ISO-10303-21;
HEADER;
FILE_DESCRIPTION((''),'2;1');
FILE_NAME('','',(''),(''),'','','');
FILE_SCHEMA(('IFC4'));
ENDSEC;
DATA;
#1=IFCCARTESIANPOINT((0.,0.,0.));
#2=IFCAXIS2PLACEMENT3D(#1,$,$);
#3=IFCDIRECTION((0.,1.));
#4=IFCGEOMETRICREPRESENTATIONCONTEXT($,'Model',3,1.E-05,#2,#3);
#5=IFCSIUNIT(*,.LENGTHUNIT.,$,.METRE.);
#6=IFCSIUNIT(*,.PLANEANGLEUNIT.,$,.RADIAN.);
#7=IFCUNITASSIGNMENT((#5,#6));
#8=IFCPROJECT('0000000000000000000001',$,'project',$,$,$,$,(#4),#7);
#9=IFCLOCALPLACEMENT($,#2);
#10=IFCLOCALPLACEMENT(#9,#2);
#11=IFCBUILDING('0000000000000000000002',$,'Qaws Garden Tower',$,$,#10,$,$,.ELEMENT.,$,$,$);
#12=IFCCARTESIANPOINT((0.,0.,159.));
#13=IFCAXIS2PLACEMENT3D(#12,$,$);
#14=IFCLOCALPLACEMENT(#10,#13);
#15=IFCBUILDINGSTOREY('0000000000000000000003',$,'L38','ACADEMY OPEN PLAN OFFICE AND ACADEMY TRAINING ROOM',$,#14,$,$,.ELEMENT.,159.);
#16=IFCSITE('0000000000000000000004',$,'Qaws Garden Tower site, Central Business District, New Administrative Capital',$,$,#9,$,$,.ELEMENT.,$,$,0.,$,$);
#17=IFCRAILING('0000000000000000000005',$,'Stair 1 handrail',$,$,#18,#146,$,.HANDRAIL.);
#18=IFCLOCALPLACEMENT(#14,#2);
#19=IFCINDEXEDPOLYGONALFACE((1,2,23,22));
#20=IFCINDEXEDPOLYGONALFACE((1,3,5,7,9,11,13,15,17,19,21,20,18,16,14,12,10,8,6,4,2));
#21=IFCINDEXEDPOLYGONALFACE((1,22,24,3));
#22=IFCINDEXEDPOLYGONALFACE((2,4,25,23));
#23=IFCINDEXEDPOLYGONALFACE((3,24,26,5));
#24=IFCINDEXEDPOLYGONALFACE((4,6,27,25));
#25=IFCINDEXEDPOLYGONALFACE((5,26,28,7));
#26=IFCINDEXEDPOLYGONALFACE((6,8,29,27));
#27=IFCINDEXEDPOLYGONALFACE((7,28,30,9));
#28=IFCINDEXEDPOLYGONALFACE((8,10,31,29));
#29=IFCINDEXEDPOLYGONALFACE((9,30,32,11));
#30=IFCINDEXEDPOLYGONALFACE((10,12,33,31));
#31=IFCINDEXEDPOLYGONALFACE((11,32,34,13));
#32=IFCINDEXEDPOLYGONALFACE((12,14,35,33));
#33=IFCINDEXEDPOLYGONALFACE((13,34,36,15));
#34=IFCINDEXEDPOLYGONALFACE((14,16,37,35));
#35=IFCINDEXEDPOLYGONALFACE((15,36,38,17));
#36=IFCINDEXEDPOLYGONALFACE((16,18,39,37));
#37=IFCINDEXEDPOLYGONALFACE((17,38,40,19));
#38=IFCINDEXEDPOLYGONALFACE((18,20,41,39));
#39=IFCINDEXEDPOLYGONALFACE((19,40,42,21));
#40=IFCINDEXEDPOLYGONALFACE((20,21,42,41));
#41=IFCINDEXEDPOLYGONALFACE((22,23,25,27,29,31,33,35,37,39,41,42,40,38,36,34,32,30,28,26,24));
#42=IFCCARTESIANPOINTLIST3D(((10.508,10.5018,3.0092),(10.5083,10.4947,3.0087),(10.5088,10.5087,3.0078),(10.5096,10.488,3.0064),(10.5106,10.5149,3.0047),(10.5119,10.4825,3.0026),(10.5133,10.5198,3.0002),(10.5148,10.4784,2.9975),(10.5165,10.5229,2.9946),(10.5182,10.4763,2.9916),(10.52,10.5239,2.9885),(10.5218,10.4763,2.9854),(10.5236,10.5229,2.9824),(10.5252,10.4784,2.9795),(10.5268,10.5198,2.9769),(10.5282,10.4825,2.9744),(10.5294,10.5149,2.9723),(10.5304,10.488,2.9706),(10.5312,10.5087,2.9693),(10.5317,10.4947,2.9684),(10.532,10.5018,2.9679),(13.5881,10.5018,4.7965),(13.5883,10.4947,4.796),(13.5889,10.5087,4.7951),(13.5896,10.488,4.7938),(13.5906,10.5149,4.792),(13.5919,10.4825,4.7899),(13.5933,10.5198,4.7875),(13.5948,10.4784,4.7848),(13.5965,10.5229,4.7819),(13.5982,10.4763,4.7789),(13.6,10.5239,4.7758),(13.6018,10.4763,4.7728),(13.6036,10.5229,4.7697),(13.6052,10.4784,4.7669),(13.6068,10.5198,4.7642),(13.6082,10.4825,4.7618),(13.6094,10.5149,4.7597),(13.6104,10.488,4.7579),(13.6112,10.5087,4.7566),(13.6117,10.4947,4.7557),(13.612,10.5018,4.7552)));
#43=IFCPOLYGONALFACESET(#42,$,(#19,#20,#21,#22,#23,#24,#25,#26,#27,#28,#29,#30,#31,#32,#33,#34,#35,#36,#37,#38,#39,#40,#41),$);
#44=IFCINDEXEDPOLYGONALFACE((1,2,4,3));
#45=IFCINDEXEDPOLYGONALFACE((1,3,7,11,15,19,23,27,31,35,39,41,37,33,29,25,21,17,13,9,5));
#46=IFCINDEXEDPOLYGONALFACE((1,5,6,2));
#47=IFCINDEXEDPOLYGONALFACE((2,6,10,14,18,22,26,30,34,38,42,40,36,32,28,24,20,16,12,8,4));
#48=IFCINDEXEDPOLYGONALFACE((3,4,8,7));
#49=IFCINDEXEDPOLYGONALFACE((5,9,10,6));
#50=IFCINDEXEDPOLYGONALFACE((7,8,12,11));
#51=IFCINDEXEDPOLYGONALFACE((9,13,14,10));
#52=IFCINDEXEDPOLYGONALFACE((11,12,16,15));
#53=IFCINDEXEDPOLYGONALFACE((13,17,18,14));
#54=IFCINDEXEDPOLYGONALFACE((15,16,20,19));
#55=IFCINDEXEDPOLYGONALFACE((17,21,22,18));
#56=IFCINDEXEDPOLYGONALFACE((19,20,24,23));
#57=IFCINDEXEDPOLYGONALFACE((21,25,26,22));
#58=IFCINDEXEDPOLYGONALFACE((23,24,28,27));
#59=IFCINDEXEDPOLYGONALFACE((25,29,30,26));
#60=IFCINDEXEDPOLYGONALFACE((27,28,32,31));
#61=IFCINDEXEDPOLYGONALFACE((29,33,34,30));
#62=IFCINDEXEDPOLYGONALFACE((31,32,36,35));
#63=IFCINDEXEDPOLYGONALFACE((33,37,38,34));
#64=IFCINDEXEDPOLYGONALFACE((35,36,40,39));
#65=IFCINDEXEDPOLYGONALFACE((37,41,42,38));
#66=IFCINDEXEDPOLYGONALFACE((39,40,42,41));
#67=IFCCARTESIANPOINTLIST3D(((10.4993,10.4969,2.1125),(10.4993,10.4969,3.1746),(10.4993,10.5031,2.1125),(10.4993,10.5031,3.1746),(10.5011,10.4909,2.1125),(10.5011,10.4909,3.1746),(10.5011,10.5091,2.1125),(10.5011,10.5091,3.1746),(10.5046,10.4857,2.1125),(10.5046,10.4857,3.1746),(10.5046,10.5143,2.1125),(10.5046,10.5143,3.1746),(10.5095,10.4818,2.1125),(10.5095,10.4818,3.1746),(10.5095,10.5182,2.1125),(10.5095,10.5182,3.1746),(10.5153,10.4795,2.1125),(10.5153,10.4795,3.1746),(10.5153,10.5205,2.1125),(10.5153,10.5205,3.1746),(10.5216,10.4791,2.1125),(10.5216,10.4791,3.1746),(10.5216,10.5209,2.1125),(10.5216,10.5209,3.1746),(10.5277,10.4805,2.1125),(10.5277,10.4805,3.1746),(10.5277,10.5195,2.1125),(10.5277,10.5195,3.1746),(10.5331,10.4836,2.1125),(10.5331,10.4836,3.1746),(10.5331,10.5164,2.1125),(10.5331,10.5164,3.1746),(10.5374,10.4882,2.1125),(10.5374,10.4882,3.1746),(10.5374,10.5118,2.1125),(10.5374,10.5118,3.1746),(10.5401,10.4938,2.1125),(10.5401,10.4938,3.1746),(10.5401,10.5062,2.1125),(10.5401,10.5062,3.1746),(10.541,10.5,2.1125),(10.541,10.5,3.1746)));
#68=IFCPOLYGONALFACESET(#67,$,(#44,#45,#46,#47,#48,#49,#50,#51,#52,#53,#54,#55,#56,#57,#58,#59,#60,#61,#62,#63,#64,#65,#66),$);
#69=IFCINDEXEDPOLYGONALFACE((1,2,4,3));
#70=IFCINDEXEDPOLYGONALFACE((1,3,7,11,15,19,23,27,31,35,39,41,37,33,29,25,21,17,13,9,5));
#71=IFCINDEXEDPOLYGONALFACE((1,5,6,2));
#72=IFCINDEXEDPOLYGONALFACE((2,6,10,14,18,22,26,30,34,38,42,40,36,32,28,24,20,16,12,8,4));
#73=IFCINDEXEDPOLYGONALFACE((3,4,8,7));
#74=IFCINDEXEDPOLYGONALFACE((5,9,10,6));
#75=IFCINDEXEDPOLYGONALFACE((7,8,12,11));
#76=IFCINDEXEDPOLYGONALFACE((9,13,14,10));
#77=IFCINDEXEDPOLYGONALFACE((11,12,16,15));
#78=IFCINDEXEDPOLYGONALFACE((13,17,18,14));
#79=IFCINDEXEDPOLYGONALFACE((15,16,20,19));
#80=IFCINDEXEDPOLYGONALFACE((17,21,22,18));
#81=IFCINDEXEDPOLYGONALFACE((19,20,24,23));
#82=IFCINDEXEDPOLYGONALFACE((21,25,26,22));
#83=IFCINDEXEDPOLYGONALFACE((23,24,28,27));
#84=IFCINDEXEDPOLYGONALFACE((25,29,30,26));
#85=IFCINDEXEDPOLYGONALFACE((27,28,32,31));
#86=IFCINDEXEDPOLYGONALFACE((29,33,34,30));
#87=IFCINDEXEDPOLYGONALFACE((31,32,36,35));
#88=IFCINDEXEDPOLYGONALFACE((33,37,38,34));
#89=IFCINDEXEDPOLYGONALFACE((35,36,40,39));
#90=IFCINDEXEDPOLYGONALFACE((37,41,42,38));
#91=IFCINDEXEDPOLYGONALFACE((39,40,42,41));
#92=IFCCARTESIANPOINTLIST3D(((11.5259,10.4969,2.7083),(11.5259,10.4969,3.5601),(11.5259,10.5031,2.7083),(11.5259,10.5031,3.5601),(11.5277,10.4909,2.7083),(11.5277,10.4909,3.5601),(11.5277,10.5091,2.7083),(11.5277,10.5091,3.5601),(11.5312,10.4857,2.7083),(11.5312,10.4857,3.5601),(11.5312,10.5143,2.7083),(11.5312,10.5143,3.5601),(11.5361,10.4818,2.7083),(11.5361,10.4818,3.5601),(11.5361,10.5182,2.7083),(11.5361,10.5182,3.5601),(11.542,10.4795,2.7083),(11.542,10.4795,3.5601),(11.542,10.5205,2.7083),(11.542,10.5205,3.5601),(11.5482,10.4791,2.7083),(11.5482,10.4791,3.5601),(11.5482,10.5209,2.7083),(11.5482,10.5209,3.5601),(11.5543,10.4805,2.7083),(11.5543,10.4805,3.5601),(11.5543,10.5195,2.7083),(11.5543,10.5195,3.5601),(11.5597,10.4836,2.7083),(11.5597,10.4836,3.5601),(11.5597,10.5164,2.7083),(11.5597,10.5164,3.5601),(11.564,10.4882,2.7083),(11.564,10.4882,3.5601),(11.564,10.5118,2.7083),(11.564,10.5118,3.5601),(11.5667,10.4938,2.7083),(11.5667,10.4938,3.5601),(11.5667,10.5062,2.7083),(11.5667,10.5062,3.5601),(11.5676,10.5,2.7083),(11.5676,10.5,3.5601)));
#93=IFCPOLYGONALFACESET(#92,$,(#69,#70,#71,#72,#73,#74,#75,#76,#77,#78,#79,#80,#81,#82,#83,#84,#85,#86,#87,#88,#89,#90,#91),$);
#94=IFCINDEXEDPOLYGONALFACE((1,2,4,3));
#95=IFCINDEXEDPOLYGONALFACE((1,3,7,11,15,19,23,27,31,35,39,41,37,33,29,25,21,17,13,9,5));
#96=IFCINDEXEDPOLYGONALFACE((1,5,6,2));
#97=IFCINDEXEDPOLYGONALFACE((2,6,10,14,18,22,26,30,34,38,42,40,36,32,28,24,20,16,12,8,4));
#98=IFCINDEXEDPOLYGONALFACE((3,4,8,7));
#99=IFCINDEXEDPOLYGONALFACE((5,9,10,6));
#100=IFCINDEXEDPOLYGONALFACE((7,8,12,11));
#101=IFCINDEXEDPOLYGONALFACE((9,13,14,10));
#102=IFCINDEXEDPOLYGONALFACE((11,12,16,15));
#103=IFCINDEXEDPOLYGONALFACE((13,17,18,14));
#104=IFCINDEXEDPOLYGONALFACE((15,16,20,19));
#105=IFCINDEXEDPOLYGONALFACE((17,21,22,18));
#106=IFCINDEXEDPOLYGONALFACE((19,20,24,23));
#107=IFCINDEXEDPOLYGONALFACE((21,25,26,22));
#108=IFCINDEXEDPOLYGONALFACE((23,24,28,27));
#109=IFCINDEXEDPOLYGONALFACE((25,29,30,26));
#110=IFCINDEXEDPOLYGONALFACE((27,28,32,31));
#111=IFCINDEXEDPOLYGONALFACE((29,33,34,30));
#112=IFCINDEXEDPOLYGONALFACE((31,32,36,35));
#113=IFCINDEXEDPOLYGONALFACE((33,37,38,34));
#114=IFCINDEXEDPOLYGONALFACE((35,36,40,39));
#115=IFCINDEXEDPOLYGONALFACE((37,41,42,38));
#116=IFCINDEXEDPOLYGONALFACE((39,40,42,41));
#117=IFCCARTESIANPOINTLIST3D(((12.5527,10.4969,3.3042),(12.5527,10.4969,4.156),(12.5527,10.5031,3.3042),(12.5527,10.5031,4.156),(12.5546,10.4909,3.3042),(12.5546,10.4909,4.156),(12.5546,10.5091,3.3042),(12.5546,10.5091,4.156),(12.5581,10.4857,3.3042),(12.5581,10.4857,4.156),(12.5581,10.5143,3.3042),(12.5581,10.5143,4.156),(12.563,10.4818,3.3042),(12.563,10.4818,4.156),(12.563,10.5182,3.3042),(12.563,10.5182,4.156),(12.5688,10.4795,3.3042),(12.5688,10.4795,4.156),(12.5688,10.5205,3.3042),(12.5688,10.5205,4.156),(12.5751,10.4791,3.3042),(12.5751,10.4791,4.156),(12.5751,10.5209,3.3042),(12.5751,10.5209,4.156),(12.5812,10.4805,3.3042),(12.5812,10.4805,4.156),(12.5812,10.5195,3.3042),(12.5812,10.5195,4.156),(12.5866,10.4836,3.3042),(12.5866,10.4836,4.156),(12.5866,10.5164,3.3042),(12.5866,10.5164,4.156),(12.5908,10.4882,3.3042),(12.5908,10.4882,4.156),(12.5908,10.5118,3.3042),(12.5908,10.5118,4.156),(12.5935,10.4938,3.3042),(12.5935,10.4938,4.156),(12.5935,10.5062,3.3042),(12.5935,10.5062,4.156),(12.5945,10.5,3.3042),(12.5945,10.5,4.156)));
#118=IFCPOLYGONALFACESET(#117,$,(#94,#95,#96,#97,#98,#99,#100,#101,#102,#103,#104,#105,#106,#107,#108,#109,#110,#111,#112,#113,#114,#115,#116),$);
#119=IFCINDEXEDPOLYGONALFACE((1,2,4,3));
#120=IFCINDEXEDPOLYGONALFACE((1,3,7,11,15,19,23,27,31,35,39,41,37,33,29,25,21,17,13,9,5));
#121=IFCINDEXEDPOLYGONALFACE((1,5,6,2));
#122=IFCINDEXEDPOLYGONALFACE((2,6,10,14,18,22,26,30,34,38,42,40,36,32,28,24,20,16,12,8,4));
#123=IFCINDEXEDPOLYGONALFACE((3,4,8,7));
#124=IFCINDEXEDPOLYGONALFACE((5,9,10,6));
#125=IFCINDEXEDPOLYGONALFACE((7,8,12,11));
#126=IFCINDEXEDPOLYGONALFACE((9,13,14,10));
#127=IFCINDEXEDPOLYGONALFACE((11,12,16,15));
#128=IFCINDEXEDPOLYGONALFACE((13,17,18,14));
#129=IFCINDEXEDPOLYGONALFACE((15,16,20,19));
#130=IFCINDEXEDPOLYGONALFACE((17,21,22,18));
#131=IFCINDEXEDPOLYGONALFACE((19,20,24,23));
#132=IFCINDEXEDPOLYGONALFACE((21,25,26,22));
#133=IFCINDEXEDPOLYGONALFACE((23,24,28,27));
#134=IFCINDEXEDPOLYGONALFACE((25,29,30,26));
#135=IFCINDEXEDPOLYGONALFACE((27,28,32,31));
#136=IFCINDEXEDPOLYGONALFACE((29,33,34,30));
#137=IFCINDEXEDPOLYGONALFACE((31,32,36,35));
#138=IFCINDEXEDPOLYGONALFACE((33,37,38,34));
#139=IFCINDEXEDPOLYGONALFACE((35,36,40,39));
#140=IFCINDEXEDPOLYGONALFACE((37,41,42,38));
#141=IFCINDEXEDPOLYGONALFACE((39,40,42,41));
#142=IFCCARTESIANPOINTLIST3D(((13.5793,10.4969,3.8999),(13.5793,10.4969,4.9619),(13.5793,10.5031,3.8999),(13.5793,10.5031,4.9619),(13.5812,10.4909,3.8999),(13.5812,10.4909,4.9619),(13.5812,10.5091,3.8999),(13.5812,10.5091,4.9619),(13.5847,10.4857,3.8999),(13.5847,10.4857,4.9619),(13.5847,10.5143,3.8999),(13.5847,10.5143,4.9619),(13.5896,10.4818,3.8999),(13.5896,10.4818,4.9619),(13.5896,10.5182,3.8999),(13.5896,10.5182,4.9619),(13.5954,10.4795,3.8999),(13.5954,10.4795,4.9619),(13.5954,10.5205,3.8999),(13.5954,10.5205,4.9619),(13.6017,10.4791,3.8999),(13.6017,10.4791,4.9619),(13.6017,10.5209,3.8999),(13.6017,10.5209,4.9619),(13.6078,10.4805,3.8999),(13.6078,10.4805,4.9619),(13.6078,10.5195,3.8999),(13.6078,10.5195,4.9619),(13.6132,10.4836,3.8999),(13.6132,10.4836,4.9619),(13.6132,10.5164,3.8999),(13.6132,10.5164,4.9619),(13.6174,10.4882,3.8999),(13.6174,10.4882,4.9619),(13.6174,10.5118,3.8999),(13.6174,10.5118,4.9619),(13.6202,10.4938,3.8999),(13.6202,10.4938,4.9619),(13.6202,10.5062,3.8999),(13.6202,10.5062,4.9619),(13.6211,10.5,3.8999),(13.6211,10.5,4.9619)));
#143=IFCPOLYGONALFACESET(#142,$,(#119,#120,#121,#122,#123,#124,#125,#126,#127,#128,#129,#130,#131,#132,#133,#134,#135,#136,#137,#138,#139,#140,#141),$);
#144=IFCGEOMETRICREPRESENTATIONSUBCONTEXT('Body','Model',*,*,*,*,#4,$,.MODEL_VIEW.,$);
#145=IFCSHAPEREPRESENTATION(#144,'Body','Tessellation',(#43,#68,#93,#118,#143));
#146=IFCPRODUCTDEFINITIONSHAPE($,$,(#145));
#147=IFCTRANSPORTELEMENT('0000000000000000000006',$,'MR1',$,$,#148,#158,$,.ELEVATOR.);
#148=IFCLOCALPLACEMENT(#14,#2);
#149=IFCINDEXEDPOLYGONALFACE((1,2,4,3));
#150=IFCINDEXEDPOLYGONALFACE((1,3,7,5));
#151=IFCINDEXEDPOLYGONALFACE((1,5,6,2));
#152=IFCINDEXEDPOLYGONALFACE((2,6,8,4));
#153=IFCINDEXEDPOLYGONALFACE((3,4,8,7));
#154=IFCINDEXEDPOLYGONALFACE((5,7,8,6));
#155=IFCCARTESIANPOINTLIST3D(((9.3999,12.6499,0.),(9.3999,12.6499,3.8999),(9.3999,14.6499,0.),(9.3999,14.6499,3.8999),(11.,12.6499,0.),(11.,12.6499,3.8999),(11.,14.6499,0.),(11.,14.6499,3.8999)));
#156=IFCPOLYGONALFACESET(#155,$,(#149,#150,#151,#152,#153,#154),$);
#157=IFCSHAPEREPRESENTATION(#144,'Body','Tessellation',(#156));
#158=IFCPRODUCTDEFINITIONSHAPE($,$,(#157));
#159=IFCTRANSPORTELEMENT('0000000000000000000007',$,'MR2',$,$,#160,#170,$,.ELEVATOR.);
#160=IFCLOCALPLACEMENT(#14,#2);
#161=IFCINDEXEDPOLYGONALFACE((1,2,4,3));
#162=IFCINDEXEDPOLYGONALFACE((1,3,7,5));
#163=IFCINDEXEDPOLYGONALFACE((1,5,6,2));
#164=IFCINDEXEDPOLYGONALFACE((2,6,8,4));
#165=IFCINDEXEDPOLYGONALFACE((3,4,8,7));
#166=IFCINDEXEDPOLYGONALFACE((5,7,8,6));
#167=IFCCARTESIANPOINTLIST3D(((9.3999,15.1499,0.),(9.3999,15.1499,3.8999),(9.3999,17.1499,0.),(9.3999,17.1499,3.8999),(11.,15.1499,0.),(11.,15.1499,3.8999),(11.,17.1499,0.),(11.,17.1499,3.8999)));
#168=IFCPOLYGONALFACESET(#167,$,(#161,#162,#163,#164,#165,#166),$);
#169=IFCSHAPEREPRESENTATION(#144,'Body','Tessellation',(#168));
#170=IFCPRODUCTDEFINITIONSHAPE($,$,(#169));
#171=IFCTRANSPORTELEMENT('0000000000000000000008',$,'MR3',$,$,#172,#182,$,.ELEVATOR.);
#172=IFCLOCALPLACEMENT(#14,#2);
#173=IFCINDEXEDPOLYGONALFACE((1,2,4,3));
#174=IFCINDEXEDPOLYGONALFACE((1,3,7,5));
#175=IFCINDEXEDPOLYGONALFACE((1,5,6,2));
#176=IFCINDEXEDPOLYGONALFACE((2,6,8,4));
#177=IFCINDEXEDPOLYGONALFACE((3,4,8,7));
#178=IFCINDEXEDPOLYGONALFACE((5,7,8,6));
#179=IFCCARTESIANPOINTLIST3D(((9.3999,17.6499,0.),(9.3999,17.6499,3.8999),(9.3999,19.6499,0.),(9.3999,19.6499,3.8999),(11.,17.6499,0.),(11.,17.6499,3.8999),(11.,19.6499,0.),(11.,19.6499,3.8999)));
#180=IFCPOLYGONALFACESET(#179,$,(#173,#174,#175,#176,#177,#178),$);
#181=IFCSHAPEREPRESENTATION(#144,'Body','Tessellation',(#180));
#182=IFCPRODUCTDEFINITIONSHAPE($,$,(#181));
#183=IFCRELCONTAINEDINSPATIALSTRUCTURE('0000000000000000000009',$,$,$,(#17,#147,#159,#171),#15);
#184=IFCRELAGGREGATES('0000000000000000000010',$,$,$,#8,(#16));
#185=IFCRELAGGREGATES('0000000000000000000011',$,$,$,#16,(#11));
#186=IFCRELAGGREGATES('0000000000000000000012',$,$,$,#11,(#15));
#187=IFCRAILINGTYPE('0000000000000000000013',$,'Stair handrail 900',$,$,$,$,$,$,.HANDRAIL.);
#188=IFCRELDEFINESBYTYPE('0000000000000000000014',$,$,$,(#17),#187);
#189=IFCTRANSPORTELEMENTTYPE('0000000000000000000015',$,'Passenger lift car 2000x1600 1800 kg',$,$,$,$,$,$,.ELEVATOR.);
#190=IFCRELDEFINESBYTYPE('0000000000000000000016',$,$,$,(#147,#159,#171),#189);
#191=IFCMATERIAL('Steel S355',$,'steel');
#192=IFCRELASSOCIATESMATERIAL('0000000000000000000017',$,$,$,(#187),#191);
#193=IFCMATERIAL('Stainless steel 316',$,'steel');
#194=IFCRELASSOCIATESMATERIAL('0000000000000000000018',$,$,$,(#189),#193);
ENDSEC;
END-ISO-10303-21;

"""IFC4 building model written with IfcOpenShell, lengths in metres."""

from ifc_helpers import new_model, si_unit, direction, frame, origin, origin_2d, place, context, subcontext, project, spatial, rectangle, circle, extrude, material, type_object, element, save


model = new_model("IFC4")

# Units and contexts
model_context = context("Model", 3, precision=1e-05, world=origin(), true_north=direction((0.0, 1.0)))
body_context = subcontext(model_context, "Body", "Model", "MODEL_VIEW")
ifc_project = project(units=[si_unit("LENGTHUNIT", "METRE"), si_unit("PLANEANGLEUNIT", "RADIAN")], contexts=[model_context])

# Site, building, storey
site_placement = place(None, origin())
site = spatial("IfcSite", under=ifc_project, at=site_placement, Name="Qaws Garden Tower site, Central Business District, New Administrative Capital", CompositionType="ELEMENT", RefElevation=0.0)
building_placement = place(site_placement, origin())
building = spatial("IfcBuilding", under=site, at=building_placement, Name="Qaws Garden Tower", CompositionType="ELEMENT")
storey_placement = place(building_placement, frame((0.0, 0.0, 159.0)))
storey = spatial("IfcBuildingStorey", under=building, at=storey_placement, Name="L38", Description="ACADEMY OPEN PLAN OFFICE AND ACADEMY TRAINING ROOM", CompositionType="ELEMENT", Elevation=159.0)

# Railing
ifc_material_1 = material(Name="Steel S355", Category="steel")
railing_type = type_object("IfcRailingType", Name="Stair handrail 900", PredefinedType="HANDRAIL", material=ifc_material_1)
railing_1_placement = place(storey_placement, frame((10.52, 10.5, 2.1125)))
element("IfcRailing", 1, at=railing_1_placement, inside=storey, type_object=railing_type, Name="Stair 1 handrail", PredefinedType="HANDRAIL", context=body_context, shape_type="SweptSolid", body=[
    extrude(circle(Radius=0.0239, at=origin_2d()), frame((0.0, 0.0, 0.876), z_axis=(0.86492, 0.0, 0.501909), x_axis=(0.0, 1.0, 0.0)), (0.0, 0.0, 1.0), 3.561),
    extrude(circle(Radius=0.021, at=origin_2d()), origin(), (0.0, 0.0, 1.0), 1.062),
    extrude(circle(Radius=0.021, at=origin_2d()), frame((1.0266, 0.0, 0.5957)), (0.0, 0.0, 1.0), 0.8518),
    extrude(circle(Radius=0.021, at=origin_2d()), frame((2.0535, 0.0, 1.1917)), (0.0, 0.0, 1.0), 0.8518),
    extrude(circle(Radius=0.021, at=origin_2d()), frame((3.0801, 0.0, 1.7874)), (0.0, 0.0, 1.0), 1.062),
])

# Transport elements
ifc_material_2 = material(Name="Stainless steel 316", Category="steel")
transport_element_type = type_object("IfcTransportElementType", Name="Passenger lift car 2000x1600 1800 kg", PredefinedType="ELEVATOR", material=ifc_material_2)
for number, where, z_axis, x_axis, name in (
    (2, (10.2, 13.6499, 0.0), (0.0, 0.0, 1.0), (1.0, 0.0, 0.0), "MR1"),
    (3, (10.2, 16.1499, 0.0), (0.0, 0.0, 1.0), (1.0, 0.0, 0.0), "MR2"),
    (4, (10.2, 18.6499, 0.0), (0.0, 0.0, 1.0), (1.0, 0.0, 0.0), "MR3"),
):
    element("IfcTransportElement", number, at=place(storey_placement, frame(where, z_axis=z_axis, x_axis=x_axis)), inside=storey, type_object=transport_element_type, Name=name, PredefinedType="ELEVATOR", context=body_context, shape_type="SweptSolid", body=[
        extrude(rectangle(XDim=1.6001, YDim=2.0, at=origin_2d()), origin(), (0.0, 0.0, 1.0), 3.8999),
    ])

save(model, "model.ifc")
